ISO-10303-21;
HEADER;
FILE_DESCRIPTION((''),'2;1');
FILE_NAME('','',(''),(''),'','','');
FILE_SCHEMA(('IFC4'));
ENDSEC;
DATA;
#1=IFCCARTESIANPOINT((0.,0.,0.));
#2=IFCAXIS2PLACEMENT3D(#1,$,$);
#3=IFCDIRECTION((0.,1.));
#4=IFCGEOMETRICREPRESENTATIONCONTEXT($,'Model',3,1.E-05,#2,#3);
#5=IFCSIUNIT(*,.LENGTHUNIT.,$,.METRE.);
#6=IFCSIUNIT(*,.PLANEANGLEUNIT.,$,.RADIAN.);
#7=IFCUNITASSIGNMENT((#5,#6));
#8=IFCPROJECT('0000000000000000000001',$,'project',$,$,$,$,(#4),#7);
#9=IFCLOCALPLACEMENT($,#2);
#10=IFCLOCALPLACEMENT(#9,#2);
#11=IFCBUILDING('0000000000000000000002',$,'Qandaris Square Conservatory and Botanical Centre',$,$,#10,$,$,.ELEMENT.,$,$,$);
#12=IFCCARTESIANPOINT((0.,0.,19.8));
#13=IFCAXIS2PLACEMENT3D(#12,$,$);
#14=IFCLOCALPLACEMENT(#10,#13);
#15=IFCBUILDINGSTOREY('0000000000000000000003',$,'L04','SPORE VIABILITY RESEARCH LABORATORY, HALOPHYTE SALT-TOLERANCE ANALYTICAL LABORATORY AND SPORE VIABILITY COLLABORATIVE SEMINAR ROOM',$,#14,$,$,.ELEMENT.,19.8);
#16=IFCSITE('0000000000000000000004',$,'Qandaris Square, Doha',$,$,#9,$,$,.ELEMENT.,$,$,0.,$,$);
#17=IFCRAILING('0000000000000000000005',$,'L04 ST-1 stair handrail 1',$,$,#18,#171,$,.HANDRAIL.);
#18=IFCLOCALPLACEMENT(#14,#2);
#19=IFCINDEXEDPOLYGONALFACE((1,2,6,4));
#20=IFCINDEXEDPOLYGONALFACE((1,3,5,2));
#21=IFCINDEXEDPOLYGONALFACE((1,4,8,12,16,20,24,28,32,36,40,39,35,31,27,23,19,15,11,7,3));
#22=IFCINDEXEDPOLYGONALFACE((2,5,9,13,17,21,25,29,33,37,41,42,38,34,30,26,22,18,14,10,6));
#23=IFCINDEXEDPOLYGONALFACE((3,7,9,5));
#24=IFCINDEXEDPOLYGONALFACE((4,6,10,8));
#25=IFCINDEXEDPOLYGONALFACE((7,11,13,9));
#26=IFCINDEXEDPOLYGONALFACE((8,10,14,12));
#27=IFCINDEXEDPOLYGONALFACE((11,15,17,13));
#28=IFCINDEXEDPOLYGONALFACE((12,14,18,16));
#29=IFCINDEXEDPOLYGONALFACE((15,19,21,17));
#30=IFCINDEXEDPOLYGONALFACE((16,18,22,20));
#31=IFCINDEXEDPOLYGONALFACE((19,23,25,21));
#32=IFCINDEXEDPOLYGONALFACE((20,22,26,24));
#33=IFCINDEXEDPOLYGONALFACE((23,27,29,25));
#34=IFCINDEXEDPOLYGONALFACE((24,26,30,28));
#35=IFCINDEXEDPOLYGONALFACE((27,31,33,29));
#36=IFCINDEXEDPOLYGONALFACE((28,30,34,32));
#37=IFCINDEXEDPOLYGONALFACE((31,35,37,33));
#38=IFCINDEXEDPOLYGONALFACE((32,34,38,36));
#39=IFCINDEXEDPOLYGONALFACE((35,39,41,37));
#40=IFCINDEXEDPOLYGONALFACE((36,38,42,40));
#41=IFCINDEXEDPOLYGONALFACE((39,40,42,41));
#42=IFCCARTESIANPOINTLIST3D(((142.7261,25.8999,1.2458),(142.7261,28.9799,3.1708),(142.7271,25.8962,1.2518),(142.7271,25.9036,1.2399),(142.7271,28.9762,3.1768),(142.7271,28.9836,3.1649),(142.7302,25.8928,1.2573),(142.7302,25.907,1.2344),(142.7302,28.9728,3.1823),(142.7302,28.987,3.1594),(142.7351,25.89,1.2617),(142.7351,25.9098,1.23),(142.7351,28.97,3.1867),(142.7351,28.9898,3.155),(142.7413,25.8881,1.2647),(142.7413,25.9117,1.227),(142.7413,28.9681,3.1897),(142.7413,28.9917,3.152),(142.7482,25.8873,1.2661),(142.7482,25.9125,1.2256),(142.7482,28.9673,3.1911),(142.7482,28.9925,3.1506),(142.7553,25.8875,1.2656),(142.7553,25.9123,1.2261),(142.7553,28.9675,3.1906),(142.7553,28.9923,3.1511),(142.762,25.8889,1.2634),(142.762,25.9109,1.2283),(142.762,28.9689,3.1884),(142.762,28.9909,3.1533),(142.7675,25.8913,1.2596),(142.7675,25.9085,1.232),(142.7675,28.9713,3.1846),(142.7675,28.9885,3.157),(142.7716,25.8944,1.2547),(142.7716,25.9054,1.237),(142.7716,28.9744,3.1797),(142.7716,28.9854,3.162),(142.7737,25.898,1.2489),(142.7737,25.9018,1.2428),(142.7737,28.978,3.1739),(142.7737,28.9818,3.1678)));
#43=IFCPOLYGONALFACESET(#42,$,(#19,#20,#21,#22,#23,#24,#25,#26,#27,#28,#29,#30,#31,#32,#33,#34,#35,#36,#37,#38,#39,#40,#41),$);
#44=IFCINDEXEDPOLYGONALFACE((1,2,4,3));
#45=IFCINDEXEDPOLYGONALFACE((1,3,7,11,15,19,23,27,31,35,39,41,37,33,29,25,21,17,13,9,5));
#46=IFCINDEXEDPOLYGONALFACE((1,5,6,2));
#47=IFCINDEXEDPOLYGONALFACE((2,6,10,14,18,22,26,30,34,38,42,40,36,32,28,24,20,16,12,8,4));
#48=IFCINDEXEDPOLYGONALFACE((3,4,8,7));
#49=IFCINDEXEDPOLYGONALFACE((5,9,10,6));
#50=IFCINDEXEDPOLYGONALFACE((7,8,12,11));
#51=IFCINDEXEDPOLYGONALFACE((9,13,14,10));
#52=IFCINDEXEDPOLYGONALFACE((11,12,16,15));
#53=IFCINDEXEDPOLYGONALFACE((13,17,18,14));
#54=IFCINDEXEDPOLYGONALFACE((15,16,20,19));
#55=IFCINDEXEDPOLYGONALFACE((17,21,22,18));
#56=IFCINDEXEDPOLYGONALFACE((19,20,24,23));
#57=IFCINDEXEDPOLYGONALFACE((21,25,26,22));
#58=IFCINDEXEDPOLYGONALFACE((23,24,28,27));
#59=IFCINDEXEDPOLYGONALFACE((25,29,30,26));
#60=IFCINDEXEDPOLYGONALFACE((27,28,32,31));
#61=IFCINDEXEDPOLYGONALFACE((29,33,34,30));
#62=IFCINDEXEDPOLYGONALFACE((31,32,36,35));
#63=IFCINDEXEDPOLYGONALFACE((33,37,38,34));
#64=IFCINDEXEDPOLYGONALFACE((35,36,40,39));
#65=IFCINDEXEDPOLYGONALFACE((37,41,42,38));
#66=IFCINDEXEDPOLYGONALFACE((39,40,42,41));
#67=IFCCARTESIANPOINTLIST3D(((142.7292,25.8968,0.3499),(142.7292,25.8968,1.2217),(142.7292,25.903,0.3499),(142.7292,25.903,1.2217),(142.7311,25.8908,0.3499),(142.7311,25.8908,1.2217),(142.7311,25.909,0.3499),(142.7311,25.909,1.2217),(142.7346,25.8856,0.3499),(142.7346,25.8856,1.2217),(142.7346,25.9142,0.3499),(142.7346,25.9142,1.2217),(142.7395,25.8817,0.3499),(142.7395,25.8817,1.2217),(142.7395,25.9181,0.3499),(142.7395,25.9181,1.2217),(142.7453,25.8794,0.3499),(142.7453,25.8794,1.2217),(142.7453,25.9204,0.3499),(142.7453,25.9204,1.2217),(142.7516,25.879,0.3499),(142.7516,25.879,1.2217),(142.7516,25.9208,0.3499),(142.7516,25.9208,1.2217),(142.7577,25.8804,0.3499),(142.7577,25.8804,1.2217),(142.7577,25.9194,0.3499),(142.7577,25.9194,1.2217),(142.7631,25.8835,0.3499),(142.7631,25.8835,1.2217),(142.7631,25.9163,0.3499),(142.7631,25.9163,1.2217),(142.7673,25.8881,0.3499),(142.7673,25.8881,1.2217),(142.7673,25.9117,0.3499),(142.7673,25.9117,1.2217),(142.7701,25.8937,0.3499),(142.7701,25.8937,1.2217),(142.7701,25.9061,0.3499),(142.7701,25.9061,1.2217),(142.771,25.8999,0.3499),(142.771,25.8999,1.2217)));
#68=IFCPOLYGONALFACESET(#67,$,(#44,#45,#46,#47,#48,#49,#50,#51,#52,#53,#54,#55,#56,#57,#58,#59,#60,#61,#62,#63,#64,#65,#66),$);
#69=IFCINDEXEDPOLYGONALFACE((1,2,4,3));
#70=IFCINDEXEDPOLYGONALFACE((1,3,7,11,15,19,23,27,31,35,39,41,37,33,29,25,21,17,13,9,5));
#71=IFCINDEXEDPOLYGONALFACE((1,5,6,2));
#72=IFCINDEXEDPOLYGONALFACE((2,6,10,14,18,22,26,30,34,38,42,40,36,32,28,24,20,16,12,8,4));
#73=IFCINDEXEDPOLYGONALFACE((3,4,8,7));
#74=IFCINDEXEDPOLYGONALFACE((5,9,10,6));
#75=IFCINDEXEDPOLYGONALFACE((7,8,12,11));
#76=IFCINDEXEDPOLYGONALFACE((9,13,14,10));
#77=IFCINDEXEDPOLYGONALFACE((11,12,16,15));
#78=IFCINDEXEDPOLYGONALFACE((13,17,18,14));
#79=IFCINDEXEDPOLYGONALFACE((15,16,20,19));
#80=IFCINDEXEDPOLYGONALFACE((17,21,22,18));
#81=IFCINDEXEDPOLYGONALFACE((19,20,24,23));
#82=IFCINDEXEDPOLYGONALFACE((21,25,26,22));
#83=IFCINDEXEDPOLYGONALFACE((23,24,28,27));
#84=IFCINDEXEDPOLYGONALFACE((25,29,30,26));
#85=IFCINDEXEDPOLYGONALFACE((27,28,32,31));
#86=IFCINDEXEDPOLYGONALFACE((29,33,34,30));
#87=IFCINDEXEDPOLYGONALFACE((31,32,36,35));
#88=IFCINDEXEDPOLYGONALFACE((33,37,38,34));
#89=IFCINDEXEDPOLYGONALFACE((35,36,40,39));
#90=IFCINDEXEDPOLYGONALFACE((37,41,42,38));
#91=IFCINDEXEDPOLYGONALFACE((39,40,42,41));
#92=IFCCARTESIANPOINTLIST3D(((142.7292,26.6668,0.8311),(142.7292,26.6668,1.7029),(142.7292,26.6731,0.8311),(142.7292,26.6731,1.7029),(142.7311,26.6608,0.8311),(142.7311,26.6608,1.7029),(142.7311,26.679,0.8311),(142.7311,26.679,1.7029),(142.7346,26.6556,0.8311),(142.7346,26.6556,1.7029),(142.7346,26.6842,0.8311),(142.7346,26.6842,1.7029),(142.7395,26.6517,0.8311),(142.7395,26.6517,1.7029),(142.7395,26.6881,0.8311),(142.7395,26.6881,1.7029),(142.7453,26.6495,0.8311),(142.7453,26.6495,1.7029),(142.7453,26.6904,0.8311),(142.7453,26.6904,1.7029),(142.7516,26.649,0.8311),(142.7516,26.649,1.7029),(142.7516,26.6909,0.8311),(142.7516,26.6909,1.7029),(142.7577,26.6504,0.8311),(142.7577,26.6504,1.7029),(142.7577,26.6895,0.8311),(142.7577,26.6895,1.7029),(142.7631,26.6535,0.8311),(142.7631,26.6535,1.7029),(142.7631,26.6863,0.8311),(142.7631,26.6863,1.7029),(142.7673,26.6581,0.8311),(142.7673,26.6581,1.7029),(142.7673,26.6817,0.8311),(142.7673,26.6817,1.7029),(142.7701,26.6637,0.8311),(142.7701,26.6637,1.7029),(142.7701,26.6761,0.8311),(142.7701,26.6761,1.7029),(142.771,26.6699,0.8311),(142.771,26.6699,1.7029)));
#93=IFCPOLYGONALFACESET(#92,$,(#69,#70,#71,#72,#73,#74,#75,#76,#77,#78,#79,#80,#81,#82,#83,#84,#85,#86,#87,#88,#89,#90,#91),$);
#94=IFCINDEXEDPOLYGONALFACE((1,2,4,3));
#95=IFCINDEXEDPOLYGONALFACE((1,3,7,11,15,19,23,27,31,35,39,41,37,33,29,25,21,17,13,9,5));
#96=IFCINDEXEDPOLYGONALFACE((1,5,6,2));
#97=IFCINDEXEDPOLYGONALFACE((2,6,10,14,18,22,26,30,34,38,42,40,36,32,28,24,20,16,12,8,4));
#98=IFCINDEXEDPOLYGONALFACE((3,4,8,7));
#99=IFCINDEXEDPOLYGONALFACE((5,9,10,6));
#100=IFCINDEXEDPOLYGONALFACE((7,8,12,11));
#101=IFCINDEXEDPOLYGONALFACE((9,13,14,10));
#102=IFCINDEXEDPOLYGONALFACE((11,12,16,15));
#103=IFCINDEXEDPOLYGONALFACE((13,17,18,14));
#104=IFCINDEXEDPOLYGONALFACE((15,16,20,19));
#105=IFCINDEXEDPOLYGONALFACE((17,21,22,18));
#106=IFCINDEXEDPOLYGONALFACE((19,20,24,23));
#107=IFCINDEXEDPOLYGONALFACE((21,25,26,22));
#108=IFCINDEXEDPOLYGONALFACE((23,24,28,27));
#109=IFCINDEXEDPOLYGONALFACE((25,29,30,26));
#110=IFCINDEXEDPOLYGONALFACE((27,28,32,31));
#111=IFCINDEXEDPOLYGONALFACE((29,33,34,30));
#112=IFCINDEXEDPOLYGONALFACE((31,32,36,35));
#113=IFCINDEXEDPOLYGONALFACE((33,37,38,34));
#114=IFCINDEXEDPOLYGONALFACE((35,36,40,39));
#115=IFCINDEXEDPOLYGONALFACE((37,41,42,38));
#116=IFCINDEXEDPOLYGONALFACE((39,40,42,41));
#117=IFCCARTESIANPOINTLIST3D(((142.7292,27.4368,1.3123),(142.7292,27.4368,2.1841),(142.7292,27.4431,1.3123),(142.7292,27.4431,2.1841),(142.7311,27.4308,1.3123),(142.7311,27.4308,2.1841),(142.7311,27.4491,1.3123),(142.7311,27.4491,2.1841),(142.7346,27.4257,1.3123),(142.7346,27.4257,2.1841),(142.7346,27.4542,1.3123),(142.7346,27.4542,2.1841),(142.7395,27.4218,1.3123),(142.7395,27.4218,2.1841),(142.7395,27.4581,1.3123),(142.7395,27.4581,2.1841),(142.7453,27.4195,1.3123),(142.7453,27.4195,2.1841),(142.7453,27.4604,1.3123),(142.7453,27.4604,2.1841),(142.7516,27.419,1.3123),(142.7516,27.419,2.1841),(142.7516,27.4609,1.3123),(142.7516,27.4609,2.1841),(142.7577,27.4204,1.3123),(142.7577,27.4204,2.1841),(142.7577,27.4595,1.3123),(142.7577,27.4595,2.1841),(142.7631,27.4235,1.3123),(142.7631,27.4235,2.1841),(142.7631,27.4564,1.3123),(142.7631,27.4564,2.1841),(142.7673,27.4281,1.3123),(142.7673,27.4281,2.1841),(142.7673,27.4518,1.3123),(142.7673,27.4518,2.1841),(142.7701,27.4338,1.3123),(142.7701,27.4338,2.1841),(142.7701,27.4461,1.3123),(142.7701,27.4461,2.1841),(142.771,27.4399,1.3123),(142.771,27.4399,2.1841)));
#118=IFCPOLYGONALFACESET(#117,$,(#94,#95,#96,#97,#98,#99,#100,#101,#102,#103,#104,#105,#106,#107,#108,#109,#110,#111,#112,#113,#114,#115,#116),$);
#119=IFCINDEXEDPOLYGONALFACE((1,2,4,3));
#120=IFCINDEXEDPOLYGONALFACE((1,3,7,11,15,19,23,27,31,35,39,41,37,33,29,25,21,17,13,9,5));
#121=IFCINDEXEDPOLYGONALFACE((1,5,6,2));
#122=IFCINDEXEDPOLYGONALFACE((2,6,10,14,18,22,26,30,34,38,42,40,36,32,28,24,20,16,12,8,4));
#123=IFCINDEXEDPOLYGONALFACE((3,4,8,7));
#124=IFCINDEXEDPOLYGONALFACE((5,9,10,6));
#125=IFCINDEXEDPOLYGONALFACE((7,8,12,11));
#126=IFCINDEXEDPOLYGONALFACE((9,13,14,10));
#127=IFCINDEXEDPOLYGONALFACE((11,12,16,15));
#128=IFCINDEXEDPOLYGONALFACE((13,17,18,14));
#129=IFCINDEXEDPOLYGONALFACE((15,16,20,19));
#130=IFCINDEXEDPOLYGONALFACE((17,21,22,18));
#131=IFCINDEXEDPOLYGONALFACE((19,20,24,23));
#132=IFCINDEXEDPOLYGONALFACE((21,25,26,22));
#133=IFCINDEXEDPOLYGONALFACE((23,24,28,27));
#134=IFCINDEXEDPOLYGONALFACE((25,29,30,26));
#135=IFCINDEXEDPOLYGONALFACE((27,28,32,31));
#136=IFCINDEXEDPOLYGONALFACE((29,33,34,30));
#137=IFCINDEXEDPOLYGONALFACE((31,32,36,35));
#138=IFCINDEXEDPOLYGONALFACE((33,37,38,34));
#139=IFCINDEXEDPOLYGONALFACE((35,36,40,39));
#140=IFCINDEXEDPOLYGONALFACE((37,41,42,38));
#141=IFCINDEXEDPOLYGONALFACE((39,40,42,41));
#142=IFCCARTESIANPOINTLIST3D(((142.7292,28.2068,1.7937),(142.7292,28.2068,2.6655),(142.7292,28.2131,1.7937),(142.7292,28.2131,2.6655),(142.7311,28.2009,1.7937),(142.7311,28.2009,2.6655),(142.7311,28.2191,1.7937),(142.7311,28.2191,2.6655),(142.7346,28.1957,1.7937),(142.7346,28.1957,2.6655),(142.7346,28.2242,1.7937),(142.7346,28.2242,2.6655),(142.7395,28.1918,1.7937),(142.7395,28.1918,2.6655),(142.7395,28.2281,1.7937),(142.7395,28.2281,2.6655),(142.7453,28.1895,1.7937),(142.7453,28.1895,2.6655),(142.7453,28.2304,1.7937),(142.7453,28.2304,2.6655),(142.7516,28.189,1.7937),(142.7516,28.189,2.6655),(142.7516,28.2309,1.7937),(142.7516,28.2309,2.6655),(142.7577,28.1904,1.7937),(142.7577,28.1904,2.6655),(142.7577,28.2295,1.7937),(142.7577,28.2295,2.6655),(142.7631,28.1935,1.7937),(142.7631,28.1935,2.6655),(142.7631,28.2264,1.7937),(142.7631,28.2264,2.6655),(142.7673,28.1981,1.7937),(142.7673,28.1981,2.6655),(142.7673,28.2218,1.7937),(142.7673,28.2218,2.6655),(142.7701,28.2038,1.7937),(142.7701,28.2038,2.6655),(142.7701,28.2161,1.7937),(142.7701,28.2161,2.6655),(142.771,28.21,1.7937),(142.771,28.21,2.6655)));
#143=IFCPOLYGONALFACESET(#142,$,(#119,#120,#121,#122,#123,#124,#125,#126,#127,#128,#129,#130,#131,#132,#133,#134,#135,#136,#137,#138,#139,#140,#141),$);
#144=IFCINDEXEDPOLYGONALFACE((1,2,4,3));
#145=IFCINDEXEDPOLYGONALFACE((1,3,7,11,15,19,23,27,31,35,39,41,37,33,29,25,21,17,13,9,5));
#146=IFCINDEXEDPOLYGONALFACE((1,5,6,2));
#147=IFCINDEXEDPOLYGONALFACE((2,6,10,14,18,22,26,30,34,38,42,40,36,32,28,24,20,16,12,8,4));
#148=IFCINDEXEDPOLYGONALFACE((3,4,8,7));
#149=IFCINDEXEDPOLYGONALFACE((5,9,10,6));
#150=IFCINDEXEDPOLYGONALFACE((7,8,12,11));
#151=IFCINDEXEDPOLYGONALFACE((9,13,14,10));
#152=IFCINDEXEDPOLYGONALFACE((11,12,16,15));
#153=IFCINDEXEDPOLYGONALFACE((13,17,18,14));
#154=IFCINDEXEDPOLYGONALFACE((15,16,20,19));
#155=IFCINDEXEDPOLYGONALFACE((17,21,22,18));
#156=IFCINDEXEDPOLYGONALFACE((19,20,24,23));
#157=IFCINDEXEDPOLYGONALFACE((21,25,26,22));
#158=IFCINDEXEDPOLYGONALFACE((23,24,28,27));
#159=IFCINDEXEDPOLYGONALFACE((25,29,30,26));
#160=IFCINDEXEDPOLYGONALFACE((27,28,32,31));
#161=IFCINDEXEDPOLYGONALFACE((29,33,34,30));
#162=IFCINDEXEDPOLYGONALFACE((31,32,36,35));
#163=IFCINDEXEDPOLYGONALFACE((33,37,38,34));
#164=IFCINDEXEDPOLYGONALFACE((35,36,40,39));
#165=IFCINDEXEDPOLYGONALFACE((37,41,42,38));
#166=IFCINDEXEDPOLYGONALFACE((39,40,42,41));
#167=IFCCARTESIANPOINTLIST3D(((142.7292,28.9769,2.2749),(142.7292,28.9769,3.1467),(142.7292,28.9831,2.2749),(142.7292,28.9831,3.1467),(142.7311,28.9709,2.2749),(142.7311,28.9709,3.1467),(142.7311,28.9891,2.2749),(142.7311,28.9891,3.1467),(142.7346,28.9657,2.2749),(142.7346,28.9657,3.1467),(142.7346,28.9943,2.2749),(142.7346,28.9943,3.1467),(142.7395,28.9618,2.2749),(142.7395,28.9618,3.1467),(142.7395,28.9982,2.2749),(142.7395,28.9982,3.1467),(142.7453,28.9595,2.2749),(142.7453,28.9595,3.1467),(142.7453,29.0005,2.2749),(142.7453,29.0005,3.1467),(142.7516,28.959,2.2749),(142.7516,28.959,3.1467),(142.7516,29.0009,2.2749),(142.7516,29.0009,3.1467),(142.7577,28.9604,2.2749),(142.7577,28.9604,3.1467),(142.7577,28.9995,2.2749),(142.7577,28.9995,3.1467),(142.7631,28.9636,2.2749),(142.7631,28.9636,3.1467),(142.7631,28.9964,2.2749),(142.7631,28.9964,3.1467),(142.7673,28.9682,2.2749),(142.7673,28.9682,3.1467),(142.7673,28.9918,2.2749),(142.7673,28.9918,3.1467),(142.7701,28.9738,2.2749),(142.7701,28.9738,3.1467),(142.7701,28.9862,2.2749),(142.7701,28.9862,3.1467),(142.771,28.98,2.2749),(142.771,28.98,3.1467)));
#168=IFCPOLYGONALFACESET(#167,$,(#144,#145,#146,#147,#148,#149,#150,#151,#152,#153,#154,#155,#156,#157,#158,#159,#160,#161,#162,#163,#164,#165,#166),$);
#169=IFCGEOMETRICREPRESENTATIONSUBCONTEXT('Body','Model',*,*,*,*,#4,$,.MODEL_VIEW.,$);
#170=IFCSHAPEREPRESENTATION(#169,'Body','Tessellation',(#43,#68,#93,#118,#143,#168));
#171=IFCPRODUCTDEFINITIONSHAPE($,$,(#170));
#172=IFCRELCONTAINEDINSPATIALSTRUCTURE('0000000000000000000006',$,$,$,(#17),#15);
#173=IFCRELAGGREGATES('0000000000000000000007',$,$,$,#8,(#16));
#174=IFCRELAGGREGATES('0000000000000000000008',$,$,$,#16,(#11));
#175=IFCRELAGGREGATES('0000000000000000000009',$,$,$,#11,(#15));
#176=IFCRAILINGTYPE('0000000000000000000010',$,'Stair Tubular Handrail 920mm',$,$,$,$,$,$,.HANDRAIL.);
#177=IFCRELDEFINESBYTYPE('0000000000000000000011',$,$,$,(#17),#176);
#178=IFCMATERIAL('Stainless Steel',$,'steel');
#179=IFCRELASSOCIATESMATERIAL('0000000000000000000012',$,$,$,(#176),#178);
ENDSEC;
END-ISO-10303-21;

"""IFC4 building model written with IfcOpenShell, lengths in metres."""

from ifc_helpers import new_model, si_unit, direction, frame, origin, origin_2d, place, context, subcontext, project, spatial, circle, extrude, material, type_object, element, save


model = new_model("IFC4")

# Units and contexts
model_context = context("Model", 3, precision=1e-05, world=origin(), true_north=direction((0.0, 1.0)))
body_context = subcontext(model_context, "Body", "Model", "MODEL_VIEW")
ifc_project = project(units=[si_unit("LENGTHUNIT", "METRE"), si_unit("PLANEANGLEUNIT", "RADIAN")], contexts=[model_context])

# Site, building, storey
site_placement = place(None, origin())
site = spatial("IfcSite", under=ifc_project, at=site_placement, Name="Qandaris Square, Doha", CompositionType="ELEMENT", RefElevation=0.0)
building_placement = place(site_placement, origin())
building = spatial("IfcBuilding", under=site, at=building_placement, Name="Qandaris Square Conservatory and Botanical Centre", CompositionType="ELEMENT")
storey_placement = place(building_placement, frame((0.0, 0.0, 19.8)))
storey = spatial("IfcBuildingStorey", under=building, at=storey_placement, Name="L04", Description="SPORE VIABILITY RESEARCH LABORATORY, HALOPHYTE SALT-TOLERANCE ANALYTICAL LABORATORY AND SPORE VIABILITY COLLABORATIVE SEMINAR ROOM", CompositionType="ELEMENT", Elevation=19.8)

# Railing
ifc_material_1 = material(Name="Stainless Steel", Category="steel")
railing_type_1 = type_object("IfcRailingType", Name="Stair Tubular Handrail 920mm", PredefinedType="HANDRAIL", material=ifc_material_1)
railing_1_placement = place(storey_placement, frame((142.75, 25.8999, 0.3499)))
element("IfcRailing", 1, at=railing_1_placement, inside=storey, type_object=railing_type_1, Name="L04 ST-1 stair handrail 1", PredefinedType="HANDRAIL", context=body_context, shape_type="SweptSolid", body=[
    extrude(circle(Radius=0.0239, at=origin_2d()), frame((0.0, 0.0, 0.896), z_axis=(0.0, 0.847998, 0.529999), x_axis=(-1.0, 0.0, 0.0)), (0.0, 0.0, 1.0), 3.6321),
    extrude(circle(Radius=0.021, at=origin_2d()), origin(), (0.0, 0.0, 1.0), 0.8718),
    extrude(circle(Radius=0.021, at=origin_2d()), frame((0.0, 0.77, 0.4812)), (0.0, 0.0, 1.0), 0.8718),
    extrude(circle(Radius=0.021, at=origin_2d()), frame((0.0, 1.54, 0.9624)), (0.0, 0.0, 1.0), 0.8718),
    extrude(circle(Radius=0.021, at=origin_2d()), frame((0.0, 2.3101, 1.4438)), (0.0, 0.0, 1.0), 0.8718),
    extrude(circle(Radius=0.021, at=origin_2d()), frame((0.0, 3.0801, 1.925)), (0.0, 0.0, 1.0), 0.8718),
])

save(model, "model.ifc")
